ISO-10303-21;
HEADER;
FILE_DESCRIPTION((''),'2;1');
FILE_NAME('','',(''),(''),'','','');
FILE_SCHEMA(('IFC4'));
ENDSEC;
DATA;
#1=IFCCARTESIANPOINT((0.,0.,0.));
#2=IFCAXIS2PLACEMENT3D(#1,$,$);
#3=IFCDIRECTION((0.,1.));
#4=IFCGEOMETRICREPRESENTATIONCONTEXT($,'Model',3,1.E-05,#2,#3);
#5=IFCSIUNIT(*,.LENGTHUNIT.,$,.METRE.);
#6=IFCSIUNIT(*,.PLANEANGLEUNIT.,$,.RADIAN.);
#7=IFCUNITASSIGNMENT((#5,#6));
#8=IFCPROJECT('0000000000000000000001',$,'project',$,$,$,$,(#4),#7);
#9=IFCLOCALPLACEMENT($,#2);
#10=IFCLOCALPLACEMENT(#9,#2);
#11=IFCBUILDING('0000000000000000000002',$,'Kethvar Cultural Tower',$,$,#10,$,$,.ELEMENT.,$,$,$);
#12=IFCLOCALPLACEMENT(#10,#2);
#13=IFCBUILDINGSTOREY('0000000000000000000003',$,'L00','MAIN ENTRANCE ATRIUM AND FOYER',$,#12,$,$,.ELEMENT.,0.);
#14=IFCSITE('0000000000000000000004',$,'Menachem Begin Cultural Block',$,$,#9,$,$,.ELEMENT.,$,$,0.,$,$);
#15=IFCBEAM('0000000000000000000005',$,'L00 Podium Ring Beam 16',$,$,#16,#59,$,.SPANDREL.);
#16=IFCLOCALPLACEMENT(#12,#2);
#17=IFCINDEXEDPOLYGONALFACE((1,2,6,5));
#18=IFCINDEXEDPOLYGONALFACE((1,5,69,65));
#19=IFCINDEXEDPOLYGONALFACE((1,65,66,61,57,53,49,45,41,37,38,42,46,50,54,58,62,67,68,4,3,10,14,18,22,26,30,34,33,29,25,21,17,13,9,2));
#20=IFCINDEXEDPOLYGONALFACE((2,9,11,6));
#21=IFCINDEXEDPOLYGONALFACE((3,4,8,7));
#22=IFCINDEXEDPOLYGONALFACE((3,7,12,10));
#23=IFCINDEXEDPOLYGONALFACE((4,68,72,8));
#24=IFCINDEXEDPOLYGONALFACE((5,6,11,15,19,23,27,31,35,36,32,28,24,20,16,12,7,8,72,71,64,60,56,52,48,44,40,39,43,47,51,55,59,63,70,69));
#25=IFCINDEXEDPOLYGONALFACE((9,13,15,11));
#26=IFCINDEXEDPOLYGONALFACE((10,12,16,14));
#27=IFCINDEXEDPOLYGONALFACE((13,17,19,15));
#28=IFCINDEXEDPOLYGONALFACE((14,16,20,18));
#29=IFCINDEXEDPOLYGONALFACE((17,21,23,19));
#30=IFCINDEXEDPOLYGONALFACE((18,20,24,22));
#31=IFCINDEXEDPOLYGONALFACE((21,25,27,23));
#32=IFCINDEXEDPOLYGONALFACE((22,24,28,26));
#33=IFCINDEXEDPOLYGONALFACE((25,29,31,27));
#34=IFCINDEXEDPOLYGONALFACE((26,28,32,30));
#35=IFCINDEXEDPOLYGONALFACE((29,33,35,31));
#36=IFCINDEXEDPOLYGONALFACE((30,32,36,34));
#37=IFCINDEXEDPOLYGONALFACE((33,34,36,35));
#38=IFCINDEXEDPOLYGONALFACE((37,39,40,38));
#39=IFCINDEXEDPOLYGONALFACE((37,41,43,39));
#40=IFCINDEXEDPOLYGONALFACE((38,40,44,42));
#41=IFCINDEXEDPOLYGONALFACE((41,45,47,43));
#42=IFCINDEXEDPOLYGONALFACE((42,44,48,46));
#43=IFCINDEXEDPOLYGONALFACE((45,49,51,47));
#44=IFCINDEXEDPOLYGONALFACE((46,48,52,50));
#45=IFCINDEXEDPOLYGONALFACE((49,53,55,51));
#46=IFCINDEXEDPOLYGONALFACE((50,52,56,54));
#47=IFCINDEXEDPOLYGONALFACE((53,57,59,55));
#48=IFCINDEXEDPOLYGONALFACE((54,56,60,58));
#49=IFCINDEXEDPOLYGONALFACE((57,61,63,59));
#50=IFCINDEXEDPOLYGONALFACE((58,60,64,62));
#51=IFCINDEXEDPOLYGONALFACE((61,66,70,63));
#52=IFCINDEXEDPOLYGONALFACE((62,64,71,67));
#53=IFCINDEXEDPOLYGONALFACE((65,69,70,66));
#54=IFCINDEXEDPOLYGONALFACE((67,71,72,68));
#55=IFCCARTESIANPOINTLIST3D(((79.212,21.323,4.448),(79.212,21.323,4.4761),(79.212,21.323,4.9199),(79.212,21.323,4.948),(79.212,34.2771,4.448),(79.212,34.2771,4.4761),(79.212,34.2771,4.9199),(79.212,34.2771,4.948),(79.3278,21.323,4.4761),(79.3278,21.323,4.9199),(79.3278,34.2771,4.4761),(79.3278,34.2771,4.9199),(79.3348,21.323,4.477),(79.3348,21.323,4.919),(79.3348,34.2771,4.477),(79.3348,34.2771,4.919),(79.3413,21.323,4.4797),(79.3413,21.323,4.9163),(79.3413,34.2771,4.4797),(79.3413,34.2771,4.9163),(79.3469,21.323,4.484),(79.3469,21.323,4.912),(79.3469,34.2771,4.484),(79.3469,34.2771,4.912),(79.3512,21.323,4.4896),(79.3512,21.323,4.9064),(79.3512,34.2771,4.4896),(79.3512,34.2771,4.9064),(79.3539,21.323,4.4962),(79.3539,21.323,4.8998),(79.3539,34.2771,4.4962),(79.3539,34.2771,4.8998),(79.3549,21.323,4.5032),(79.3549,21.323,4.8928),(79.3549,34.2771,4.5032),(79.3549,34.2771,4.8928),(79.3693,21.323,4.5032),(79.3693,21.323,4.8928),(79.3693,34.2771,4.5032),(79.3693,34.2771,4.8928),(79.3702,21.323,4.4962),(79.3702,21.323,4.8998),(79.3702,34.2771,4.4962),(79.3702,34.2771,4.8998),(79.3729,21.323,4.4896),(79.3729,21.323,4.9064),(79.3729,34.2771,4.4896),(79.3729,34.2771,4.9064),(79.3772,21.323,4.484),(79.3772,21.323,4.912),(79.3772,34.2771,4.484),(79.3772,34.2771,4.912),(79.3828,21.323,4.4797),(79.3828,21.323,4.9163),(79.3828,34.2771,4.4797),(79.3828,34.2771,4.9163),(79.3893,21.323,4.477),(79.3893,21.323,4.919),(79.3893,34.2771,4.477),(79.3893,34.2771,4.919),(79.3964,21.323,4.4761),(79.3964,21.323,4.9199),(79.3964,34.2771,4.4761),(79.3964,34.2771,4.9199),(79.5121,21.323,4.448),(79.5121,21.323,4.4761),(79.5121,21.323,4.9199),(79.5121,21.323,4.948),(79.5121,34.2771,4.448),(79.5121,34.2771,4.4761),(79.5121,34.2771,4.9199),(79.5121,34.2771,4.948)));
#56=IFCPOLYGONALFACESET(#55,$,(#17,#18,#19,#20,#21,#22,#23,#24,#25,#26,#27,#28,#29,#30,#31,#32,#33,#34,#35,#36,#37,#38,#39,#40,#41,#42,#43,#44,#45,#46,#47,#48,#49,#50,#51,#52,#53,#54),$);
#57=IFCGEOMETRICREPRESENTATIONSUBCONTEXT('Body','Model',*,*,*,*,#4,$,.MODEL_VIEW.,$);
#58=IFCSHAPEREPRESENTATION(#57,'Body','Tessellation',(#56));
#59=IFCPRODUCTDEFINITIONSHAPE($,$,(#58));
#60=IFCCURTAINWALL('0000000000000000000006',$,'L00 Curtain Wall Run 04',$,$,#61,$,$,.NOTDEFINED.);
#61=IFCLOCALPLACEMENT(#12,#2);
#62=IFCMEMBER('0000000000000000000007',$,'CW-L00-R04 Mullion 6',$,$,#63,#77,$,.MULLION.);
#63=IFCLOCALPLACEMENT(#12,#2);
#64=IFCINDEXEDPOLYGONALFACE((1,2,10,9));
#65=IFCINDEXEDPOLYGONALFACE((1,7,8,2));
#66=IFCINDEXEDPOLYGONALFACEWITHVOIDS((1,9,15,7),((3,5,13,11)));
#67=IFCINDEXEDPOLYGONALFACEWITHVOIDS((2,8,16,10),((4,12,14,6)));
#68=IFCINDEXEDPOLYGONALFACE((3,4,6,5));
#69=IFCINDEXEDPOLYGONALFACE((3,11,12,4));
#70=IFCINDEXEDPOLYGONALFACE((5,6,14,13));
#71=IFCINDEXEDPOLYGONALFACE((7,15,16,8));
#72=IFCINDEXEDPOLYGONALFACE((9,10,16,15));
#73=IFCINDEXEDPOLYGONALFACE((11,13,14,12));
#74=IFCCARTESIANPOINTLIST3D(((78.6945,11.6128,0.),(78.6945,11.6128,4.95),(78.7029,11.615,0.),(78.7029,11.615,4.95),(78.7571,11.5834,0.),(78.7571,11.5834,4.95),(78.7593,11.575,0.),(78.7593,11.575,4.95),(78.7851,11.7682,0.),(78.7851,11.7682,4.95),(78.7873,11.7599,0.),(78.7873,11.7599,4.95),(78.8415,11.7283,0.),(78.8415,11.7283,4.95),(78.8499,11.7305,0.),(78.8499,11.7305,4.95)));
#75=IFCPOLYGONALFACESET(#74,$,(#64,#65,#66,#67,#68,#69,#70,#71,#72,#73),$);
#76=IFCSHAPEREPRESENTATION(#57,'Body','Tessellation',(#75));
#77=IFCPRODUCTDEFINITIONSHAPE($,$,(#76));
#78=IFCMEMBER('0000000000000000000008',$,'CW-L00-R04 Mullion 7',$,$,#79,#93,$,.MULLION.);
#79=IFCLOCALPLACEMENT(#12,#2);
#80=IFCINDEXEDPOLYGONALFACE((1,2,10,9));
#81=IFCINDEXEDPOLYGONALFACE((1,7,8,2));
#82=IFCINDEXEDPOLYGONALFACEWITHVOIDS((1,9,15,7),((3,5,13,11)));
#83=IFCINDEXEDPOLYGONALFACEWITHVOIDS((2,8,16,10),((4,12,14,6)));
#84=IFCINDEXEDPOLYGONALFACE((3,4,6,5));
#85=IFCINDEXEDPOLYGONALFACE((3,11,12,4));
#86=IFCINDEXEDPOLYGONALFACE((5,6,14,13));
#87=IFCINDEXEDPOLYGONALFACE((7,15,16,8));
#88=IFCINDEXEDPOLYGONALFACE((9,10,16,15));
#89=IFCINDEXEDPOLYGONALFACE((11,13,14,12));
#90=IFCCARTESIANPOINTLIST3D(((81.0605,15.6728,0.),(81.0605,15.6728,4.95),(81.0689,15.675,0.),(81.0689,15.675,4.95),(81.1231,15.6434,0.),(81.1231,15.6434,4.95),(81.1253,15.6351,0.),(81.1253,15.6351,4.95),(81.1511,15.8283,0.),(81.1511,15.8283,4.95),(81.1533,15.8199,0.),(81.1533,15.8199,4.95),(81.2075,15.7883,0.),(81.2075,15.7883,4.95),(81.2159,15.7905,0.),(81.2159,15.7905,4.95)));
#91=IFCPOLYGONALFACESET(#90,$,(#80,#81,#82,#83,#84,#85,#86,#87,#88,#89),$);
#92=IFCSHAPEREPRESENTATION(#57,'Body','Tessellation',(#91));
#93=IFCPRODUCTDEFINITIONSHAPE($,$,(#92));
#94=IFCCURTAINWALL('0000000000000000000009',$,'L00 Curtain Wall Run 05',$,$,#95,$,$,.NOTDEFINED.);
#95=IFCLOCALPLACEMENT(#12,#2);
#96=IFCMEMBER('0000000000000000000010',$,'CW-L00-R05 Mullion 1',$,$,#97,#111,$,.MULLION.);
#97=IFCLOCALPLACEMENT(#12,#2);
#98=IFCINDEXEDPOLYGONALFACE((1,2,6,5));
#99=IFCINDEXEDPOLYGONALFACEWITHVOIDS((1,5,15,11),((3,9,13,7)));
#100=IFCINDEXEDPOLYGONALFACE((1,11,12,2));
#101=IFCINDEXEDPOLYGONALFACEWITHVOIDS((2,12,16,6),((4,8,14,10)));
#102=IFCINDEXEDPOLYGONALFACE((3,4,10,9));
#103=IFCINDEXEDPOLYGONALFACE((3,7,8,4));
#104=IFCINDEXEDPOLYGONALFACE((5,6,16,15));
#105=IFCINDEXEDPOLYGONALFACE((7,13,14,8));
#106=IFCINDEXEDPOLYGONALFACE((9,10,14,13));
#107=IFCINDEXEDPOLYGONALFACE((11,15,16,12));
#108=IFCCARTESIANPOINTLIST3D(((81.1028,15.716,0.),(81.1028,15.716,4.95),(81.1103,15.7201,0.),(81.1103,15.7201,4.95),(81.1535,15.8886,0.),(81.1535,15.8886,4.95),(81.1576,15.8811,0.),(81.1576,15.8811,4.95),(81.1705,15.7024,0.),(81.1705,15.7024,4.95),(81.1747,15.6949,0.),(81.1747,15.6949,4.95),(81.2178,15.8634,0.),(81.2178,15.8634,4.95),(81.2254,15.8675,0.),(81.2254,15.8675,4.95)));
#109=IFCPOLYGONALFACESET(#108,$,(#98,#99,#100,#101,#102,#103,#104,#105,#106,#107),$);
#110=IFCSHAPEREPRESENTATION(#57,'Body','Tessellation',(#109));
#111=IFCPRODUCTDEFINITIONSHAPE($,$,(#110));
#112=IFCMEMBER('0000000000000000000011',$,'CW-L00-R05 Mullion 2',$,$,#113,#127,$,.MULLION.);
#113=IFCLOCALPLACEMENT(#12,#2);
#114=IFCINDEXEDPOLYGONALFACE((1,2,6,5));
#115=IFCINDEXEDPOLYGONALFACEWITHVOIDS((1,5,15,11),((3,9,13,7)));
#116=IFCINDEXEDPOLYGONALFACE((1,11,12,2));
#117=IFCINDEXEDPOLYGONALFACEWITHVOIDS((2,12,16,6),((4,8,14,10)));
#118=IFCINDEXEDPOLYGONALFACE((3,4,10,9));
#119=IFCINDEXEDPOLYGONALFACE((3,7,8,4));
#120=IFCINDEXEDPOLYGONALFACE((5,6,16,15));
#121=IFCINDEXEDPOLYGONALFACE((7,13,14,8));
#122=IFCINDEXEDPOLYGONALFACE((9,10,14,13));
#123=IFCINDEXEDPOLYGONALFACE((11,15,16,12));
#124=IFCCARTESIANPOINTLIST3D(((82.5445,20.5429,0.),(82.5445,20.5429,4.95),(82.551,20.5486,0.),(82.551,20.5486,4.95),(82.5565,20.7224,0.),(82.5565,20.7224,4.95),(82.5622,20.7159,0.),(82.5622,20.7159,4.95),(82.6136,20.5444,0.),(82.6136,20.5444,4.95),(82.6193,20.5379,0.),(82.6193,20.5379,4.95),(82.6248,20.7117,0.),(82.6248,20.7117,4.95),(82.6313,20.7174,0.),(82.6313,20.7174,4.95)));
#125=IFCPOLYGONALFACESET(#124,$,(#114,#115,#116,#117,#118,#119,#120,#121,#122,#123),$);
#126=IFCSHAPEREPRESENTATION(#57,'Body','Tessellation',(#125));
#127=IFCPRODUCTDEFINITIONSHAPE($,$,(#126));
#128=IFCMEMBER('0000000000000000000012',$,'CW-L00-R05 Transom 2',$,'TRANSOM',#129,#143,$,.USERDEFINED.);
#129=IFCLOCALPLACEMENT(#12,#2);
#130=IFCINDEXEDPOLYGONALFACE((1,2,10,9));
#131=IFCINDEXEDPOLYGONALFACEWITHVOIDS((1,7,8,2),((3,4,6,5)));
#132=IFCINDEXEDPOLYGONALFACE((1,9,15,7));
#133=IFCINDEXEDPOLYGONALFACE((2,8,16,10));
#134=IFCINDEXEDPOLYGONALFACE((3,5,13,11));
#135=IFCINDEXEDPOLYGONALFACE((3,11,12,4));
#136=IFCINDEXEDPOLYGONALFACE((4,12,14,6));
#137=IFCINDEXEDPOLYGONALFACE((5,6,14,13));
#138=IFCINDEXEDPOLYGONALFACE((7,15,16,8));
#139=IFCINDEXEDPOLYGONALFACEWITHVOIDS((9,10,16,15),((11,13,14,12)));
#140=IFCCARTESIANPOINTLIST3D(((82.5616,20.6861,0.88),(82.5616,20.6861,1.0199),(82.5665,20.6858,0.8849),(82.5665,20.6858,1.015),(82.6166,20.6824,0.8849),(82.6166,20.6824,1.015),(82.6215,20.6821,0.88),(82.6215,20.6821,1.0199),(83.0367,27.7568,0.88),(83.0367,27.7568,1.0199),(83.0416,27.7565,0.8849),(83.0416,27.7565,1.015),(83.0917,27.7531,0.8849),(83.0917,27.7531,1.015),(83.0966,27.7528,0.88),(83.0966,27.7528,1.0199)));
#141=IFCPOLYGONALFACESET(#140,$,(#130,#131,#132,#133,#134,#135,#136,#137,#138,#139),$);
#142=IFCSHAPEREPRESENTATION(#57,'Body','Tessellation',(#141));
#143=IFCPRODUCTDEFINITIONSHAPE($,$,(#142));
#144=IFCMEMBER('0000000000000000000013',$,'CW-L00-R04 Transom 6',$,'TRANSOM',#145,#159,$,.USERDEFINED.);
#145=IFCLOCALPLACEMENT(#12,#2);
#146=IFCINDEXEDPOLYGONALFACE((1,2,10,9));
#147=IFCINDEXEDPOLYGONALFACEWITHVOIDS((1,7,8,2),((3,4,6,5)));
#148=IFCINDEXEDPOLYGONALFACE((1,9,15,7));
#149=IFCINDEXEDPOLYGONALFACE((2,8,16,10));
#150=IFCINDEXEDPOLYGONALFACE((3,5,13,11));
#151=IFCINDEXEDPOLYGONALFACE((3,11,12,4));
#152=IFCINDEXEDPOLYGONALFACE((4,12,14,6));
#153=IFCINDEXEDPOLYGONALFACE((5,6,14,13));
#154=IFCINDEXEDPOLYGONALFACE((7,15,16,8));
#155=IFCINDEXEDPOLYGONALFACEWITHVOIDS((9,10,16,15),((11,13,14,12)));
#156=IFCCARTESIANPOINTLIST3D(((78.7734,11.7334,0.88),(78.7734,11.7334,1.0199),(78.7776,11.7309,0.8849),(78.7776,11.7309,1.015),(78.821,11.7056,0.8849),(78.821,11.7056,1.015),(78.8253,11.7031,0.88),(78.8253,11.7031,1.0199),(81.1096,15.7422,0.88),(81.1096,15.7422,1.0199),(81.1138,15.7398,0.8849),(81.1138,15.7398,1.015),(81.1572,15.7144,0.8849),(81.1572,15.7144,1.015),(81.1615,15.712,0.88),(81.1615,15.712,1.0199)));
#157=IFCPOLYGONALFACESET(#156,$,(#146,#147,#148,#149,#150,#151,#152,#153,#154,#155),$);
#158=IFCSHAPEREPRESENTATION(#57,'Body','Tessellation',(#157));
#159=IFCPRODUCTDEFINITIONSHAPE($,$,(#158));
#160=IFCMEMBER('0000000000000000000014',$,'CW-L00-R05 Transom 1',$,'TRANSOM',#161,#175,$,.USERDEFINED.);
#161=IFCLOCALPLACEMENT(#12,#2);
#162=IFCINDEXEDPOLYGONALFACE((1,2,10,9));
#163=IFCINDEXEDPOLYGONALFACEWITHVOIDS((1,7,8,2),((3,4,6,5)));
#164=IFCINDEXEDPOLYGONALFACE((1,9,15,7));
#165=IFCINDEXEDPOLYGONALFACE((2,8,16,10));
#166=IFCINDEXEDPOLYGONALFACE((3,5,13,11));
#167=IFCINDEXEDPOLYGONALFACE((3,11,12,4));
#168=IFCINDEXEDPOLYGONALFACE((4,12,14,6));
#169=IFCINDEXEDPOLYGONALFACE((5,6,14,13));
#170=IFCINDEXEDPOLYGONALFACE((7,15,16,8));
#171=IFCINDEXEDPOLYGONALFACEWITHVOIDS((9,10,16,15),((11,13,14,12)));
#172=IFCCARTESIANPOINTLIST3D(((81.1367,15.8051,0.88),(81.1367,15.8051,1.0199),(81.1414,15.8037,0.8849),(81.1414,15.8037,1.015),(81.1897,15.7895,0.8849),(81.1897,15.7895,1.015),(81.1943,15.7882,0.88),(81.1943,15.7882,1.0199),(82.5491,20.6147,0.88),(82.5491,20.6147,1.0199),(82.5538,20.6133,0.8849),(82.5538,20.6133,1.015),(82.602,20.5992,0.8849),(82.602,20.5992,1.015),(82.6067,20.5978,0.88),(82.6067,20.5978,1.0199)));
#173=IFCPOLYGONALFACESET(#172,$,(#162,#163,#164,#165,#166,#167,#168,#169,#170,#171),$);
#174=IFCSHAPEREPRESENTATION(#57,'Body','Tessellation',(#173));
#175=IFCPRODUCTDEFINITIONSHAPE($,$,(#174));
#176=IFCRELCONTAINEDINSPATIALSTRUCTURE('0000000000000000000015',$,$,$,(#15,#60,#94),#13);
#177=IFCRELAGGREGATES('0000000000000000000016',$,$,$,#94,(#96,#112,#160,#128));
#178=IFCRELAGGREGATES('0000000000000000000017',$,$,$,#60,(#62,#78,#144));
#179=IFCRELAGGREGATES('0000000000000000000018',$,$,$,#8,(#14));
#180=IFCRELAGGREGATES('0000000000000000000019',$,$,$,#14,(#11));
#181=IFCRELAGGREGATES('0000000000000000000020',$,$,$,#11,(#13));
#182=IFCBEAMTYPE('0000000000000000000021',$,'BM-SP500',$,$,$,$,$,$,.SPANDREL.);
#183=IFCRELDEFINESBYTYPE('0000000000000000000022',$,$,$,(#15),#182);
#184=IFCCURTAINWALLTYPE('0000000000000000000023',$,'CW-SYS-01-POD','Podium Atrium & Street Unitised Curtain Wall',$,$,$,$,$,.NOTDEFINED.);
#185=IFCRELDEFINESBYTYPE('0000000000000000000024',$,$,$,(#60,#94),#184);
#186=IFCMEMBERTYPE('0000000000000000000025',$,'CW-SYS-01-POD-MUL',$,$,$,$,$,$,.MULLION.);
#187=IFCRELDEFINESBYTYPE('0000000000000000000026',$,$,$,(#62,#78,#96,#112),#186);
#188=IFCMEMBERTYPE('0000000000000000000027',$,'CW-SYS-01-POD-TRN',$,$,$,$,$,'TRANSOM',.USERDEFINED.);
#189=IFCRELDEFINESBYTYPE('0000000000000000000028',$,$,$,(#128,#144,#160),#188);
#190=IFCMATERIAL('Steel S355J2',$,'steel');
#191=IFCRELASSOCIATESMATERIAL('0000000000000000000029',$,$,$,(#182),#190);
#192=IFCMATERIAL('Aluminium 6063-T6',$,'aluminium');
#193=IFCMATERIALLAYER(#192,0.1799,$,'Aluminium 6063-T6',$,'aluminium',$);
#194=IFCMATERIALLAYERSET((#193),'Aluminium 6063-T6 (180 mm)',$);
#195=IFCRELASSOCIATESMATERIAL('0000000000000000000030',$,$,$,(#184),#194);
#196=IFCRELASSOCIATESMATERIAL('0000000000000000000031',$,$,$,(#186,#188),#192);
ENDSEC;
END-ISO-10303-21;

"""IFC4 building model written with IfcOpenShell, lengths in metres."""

from ifc_helpers import new_model, si_unit, direction, frame, origin, origin_2d, place, context, subcontext, project, spatial, hollow_rectangle, i_section, extrude, source, transform, mapped, material, layer, layer_set, material_profile, profile_set, type_object, element, aggregate, save


model = new_model("IFC4")

# Units and contexts
model_context = context("Model", 3, precision=1e-05, world=origin(), true_north=direction((0.0, 1.0)))
body_context = subcontext(model_context, "Body", "Model", "MODEL_VIEW")
ifc_project = project(units=[si_unit("LENGTHUNIT", "METRE"), si_unit("PLANEANGLEUNIT", "RADIAN")], contexts=[model_context])

# Site, building, storey
site_placement = place(None, origin())
site = spatial("IfcSite", under=ifc_project, at=site_placement, Name="Menachem Begin Cultural Block", CompositionType="ELEMENT", RefElevation=0.0)
building_placement = place(site_placement, origin())
building = spatial("IfcBuilding", under=site, at=building_placement, Name="Kethvar Cultural Tower", CompositionType="ELEMENT")
storey_placement = place(building_placement, origin())
storey = spatial("IfcBuildingStorey", under=building, at=storey_placement, Name="L00", Description="MAIN ENTRANCE ATRIUM AND FOYER", CompositionType="ELEMENT", Elevation=0.0)

# Beam
ifc_material_1 = material(Name="Steel S355J2", Category="steel")
ifc_material_profile_1 = material_profile(ifc_material_1, i_section(OverallWidth=0.3, OverallDepth=0.5, WebThickness=0.0144, FlangeThickness=0.0281, FilletRadius=0.0271, at=origin_2d()), Name="Steel S355J2 — HEB500")
ifc_profile_set_1 = profile_set([ifc_material_profile_1], Name="Steel S355J2 — HEB500")
beam_type = type_object("IfcBeamType", Name="BM-SP500", PredefinedType="SPANDREL", material=ifc_profile_set_1)
shared_shape_1 = source(origin(), body_context, "Body", "SweptSolid", [
    extrude(i_section(OverallWidth=0.3, OverallDepth=0.5, WebThickness=0.0144, FlangeThickness=0.0281, FilletRadius=0.0271, at=origin_2d()), origin(), (0.0, 0.0, 1.0), 12.9541),
])
beam_1_placement = place(storey_placement, frame((79.3621, 21.323, 4.698), z_axis=(0.0, 1.0, 0.0), x_axis=(-1.0, 0.0, 0.0)))
element("IfcBeam", 1, at=beam_1_placement, inside=storey, type_object=beam_type, Name="L00 Podium Ring Beam 16", PredefinedType="SPANDREL", context=body_context, shape_type="MappedRepresentation", body=[
    mapped(shared_shape_1, transform((0.0, 0.0, 0.0), scale=1.0)),
])

# Curtain walls, members
ifc_material_2 = material(Name="Aluminium 6063-T6", Category="aluminium")
ifc_layer_1 = layer(ifc_material_2, 0.1799, Name="Aluminium 6063-T6", Category="aluminium")
ifc_layer_set_1 = layer_set([ifc_layer_1], Name="Aluminium 6063-T6 (180 mm)")
curtain_wall_type = type_object("IfcCurtainWallType", Name="CW-SYS-01-POD", Description="Podium Atrium & Street Unitised Curtain Wall", PredefinedType="NOTDEFINED", material=ifc_layer_set_1)
curtain_wall_1_placement = place(storey_placement, origin())
curtain_wall_1 = element("IfcCurtainWall", 2, at=curtain_wall_1_placement, inside=storey, type_object=curtain_wall_type, Name="L00 Curtain Wall Run 04", PredefinedType="NOTDEFINED")
ifc_material_profile_2 = material_profile(ifc_material_2, hollow_rectangle(XDim=0.075, YDim=0.1799, WallThickness=0.0061, at=origin_2d()), Name="Aluminium 6063-T6 — RHS180x75x6")
ifc_profile_set_2 = profile_set([ifc_material_profile_2], Name="Aluminium 6063-T6 — RHS180x75x6")
member_type_1 = type_object("IfcMemberType", Name="CW-SYS-01-POD-MUL", PredefinedType="MULLION", material=ifc_profile_set_2)
shared_shape_2 = source(origin(), body_context, "Body", "SweptSolid", [
    extrude(hollow_rectangle(XDim=0.075, YDim=0.1799, WallThickness=0.0061, at=origin_2d()), origin(), (0.0, 0.0, 1.0), 4.95),
])
member_1_placement = place(storey_placement, frame((78.7722, 11.6716, 0.0), z_axis=(0.0, 0.0, 1.0), x_axis=(-0.863985, 0.503518, 0.0)))
member_1 = element("IfcMember", 3, at=member_1_placement, type_object=member_type_1, Name="CW-L00-R04 Mullion 6", PredefinedType="MULLION", context=body_context, shape_type="MappedRepresentation", body=[
    mapped(shared_shape_2, transform((0.0, 0.0, 0.0), scale=1.0)),
])
member_2_placement = place(storey_placement, frame((81.1382, 15.7317, 0.0), z_axis=(0.0, 0.0, 1.0), x_axis=(-0.863985, 0.503518, 0.0)))
member_2 = element("IfcMember", 4, at=member_2_placement, type_object=member_type_1, Name="CW-L00-R04 Mullion 7", PredefinedType="MULLION", context=body_context, shape_type="MappedRepresentation", body=[
    mapped(shared_shape_2, transform((0.0, 0.0, 0.0), scale=1.0)),
])
curtain_wall_2_placement = place(storey_placement, origin())
curtain_wall_2 = element("IfcCurtainWall", 5, at=curtain_wall_2_placement, inside=storey, type_object=curtain_wall_type, Name="L00 Curtain Wall Run 05", PredefinedType="NOTDEFINED")
member_3_placement = place(storey_placement, frame((81.1641, 15.7917, 0.0), z_axis=(0.0, 0.0, 1.0), x_axis=(-0.959496, 0.281722, 0.0)))
member_3 = element("IfcMember", 6, at=member_3_placement, type_object=member_type_1, Name="CW-L00-R05 Mullion 1", PredefinedType="MULLION", context=body_context, shape_type="MappedRepresentation", body=[
    mapped(shared_shape_2, transform((0.0, 0.0, 0.0), scale=1.0)),
])
member_4_placement = place(storey_placement, frame((82.5879, 20.6301, 0.0), z_axis=(0.0, 0.0, 1.0), x_axis=(-0.99775, 0.06704, 0.0)))
member_4 = element("IfcMember", 7, at=member_4_placement, type_object=member_type_1, Name="CW-L00-R05 Mullion 2", PredefinedType="MULLION", context=body_context, shape_type="MappedRepresentation", body=[
    mapped(shared_shape_2, transform((0.0, 0.0, 0.0), scale=1.0)),
])
ifc_material_profile_3 = material_profile(ifc_material_2, hollow_rectangle(XDim=0.0601, YDim=0.1399, WallThickness=0.0049, at=origin_2d()), Name="Aluminium 6063-T6 — RHS140x60x5")
ifc_profile_set_3 = profile_set([ifc_material_profile_3], Name="Aluminium 6063-T6 — RHS140x60x5")
member_type_2 = type_object("IfcMemberType", Name="CW-SYS-01-POD-TRN", ElementType="TRANSOM", PredefinedType="USERDEFINED", material=ifc_profile_set_3)
shared_shape_3 = source(origin(), body_context, "Body", "SweptSolid", [
    extrude(hollow_rectangle(XDim=0.0601, YDim=0.1399, WallThickness=0.0049, at=origin_2d()), origin(), (0.0, 0.0, 1.0), 7.0867),
])
member_5_placement = place(storey_placement, frame((82.5916, 20.6841, 0.95), z_axis=(0.06704, 0.99775, 0.0), x_axis=(-0.99775, 0.06704, 0.0)))
member_5 = element("IfcMember", 8, at=member_5_placement, type_object=member_type_2, Name="CW-L00-R05 Transom 2", ObjectType="TRANSOM", PredefinedType="USERDEFINED", context=body_context, shape_type="MappedRepresentation", body=[
    mapped(shared_shape_3, transform((0.0, 0.0, 0.0), scale=1.0)),
])

# Members
shared_shape_4 = source(origin(), body_context, "Body", "SweptSolid", [
    extrude(hollow_rectangle(XDim=0.0601, YDim=0.1399, WallThickness=0.0049, at=origin_2d()), origin(), (0.0, 0.0, 1.0), 4.6399),
])
member_6_placement = place(storey_placement, frame((78.7993, 11.7183, 0.95), z_axis=(0.503505, 0.863993, 0.0), x_axis=(-0.863993, 0.503505, 0.0)))
member_6 = element("IfcMember", 9, at=member_6_placement, type_object=member_type_2, Name="CW-L00-R04 Transom 6", ObjectType="TRANSOM", PredefinedType="USERDEFINED", context=body_context, shape_type="MappedRepresentation", body=[
    mapped(shared_shape_4, transform((0.0, 0.0, 0.0), scale=1.0)),
])
shared_shape_5 = source(origin(), body_context, "Body", "SweptSolid", [
    extrude(hollow_rectangle(XDim=0.0601, YDim=0.1399, WallThickness=0.0049, at=origin_2d()), origin(), (0.0, 0.0, 1.0), 5.0127),
])
member_7_placement = place(storey_placement, frame((81.1655, 15.7966, 0.95), z_axis=(0.281758, 0.959486, 0.0), x_axis=(-0.959486, 0.281758, 0.0)))
member_7 = element("IfcMember", 10, at=member_7_placement, type_object=member_type_2, Name="CW-L00-R05 Transom 1", ObjectType="TRANSOM", PredefinedType="USERDEFINED", context=body_context, shape_type="MappedRepresentation", body=[
    mapped(shared_shape_5, transform((0.0, 0.0, 0.0), scale=1.0)),
])

aggregate(curtain_wall_2, [member_3, member_4, member_7, member_5])
aggregate(curtain_wall_1, [member_1, member_2, member_6])

save(model, "model.ifc")
